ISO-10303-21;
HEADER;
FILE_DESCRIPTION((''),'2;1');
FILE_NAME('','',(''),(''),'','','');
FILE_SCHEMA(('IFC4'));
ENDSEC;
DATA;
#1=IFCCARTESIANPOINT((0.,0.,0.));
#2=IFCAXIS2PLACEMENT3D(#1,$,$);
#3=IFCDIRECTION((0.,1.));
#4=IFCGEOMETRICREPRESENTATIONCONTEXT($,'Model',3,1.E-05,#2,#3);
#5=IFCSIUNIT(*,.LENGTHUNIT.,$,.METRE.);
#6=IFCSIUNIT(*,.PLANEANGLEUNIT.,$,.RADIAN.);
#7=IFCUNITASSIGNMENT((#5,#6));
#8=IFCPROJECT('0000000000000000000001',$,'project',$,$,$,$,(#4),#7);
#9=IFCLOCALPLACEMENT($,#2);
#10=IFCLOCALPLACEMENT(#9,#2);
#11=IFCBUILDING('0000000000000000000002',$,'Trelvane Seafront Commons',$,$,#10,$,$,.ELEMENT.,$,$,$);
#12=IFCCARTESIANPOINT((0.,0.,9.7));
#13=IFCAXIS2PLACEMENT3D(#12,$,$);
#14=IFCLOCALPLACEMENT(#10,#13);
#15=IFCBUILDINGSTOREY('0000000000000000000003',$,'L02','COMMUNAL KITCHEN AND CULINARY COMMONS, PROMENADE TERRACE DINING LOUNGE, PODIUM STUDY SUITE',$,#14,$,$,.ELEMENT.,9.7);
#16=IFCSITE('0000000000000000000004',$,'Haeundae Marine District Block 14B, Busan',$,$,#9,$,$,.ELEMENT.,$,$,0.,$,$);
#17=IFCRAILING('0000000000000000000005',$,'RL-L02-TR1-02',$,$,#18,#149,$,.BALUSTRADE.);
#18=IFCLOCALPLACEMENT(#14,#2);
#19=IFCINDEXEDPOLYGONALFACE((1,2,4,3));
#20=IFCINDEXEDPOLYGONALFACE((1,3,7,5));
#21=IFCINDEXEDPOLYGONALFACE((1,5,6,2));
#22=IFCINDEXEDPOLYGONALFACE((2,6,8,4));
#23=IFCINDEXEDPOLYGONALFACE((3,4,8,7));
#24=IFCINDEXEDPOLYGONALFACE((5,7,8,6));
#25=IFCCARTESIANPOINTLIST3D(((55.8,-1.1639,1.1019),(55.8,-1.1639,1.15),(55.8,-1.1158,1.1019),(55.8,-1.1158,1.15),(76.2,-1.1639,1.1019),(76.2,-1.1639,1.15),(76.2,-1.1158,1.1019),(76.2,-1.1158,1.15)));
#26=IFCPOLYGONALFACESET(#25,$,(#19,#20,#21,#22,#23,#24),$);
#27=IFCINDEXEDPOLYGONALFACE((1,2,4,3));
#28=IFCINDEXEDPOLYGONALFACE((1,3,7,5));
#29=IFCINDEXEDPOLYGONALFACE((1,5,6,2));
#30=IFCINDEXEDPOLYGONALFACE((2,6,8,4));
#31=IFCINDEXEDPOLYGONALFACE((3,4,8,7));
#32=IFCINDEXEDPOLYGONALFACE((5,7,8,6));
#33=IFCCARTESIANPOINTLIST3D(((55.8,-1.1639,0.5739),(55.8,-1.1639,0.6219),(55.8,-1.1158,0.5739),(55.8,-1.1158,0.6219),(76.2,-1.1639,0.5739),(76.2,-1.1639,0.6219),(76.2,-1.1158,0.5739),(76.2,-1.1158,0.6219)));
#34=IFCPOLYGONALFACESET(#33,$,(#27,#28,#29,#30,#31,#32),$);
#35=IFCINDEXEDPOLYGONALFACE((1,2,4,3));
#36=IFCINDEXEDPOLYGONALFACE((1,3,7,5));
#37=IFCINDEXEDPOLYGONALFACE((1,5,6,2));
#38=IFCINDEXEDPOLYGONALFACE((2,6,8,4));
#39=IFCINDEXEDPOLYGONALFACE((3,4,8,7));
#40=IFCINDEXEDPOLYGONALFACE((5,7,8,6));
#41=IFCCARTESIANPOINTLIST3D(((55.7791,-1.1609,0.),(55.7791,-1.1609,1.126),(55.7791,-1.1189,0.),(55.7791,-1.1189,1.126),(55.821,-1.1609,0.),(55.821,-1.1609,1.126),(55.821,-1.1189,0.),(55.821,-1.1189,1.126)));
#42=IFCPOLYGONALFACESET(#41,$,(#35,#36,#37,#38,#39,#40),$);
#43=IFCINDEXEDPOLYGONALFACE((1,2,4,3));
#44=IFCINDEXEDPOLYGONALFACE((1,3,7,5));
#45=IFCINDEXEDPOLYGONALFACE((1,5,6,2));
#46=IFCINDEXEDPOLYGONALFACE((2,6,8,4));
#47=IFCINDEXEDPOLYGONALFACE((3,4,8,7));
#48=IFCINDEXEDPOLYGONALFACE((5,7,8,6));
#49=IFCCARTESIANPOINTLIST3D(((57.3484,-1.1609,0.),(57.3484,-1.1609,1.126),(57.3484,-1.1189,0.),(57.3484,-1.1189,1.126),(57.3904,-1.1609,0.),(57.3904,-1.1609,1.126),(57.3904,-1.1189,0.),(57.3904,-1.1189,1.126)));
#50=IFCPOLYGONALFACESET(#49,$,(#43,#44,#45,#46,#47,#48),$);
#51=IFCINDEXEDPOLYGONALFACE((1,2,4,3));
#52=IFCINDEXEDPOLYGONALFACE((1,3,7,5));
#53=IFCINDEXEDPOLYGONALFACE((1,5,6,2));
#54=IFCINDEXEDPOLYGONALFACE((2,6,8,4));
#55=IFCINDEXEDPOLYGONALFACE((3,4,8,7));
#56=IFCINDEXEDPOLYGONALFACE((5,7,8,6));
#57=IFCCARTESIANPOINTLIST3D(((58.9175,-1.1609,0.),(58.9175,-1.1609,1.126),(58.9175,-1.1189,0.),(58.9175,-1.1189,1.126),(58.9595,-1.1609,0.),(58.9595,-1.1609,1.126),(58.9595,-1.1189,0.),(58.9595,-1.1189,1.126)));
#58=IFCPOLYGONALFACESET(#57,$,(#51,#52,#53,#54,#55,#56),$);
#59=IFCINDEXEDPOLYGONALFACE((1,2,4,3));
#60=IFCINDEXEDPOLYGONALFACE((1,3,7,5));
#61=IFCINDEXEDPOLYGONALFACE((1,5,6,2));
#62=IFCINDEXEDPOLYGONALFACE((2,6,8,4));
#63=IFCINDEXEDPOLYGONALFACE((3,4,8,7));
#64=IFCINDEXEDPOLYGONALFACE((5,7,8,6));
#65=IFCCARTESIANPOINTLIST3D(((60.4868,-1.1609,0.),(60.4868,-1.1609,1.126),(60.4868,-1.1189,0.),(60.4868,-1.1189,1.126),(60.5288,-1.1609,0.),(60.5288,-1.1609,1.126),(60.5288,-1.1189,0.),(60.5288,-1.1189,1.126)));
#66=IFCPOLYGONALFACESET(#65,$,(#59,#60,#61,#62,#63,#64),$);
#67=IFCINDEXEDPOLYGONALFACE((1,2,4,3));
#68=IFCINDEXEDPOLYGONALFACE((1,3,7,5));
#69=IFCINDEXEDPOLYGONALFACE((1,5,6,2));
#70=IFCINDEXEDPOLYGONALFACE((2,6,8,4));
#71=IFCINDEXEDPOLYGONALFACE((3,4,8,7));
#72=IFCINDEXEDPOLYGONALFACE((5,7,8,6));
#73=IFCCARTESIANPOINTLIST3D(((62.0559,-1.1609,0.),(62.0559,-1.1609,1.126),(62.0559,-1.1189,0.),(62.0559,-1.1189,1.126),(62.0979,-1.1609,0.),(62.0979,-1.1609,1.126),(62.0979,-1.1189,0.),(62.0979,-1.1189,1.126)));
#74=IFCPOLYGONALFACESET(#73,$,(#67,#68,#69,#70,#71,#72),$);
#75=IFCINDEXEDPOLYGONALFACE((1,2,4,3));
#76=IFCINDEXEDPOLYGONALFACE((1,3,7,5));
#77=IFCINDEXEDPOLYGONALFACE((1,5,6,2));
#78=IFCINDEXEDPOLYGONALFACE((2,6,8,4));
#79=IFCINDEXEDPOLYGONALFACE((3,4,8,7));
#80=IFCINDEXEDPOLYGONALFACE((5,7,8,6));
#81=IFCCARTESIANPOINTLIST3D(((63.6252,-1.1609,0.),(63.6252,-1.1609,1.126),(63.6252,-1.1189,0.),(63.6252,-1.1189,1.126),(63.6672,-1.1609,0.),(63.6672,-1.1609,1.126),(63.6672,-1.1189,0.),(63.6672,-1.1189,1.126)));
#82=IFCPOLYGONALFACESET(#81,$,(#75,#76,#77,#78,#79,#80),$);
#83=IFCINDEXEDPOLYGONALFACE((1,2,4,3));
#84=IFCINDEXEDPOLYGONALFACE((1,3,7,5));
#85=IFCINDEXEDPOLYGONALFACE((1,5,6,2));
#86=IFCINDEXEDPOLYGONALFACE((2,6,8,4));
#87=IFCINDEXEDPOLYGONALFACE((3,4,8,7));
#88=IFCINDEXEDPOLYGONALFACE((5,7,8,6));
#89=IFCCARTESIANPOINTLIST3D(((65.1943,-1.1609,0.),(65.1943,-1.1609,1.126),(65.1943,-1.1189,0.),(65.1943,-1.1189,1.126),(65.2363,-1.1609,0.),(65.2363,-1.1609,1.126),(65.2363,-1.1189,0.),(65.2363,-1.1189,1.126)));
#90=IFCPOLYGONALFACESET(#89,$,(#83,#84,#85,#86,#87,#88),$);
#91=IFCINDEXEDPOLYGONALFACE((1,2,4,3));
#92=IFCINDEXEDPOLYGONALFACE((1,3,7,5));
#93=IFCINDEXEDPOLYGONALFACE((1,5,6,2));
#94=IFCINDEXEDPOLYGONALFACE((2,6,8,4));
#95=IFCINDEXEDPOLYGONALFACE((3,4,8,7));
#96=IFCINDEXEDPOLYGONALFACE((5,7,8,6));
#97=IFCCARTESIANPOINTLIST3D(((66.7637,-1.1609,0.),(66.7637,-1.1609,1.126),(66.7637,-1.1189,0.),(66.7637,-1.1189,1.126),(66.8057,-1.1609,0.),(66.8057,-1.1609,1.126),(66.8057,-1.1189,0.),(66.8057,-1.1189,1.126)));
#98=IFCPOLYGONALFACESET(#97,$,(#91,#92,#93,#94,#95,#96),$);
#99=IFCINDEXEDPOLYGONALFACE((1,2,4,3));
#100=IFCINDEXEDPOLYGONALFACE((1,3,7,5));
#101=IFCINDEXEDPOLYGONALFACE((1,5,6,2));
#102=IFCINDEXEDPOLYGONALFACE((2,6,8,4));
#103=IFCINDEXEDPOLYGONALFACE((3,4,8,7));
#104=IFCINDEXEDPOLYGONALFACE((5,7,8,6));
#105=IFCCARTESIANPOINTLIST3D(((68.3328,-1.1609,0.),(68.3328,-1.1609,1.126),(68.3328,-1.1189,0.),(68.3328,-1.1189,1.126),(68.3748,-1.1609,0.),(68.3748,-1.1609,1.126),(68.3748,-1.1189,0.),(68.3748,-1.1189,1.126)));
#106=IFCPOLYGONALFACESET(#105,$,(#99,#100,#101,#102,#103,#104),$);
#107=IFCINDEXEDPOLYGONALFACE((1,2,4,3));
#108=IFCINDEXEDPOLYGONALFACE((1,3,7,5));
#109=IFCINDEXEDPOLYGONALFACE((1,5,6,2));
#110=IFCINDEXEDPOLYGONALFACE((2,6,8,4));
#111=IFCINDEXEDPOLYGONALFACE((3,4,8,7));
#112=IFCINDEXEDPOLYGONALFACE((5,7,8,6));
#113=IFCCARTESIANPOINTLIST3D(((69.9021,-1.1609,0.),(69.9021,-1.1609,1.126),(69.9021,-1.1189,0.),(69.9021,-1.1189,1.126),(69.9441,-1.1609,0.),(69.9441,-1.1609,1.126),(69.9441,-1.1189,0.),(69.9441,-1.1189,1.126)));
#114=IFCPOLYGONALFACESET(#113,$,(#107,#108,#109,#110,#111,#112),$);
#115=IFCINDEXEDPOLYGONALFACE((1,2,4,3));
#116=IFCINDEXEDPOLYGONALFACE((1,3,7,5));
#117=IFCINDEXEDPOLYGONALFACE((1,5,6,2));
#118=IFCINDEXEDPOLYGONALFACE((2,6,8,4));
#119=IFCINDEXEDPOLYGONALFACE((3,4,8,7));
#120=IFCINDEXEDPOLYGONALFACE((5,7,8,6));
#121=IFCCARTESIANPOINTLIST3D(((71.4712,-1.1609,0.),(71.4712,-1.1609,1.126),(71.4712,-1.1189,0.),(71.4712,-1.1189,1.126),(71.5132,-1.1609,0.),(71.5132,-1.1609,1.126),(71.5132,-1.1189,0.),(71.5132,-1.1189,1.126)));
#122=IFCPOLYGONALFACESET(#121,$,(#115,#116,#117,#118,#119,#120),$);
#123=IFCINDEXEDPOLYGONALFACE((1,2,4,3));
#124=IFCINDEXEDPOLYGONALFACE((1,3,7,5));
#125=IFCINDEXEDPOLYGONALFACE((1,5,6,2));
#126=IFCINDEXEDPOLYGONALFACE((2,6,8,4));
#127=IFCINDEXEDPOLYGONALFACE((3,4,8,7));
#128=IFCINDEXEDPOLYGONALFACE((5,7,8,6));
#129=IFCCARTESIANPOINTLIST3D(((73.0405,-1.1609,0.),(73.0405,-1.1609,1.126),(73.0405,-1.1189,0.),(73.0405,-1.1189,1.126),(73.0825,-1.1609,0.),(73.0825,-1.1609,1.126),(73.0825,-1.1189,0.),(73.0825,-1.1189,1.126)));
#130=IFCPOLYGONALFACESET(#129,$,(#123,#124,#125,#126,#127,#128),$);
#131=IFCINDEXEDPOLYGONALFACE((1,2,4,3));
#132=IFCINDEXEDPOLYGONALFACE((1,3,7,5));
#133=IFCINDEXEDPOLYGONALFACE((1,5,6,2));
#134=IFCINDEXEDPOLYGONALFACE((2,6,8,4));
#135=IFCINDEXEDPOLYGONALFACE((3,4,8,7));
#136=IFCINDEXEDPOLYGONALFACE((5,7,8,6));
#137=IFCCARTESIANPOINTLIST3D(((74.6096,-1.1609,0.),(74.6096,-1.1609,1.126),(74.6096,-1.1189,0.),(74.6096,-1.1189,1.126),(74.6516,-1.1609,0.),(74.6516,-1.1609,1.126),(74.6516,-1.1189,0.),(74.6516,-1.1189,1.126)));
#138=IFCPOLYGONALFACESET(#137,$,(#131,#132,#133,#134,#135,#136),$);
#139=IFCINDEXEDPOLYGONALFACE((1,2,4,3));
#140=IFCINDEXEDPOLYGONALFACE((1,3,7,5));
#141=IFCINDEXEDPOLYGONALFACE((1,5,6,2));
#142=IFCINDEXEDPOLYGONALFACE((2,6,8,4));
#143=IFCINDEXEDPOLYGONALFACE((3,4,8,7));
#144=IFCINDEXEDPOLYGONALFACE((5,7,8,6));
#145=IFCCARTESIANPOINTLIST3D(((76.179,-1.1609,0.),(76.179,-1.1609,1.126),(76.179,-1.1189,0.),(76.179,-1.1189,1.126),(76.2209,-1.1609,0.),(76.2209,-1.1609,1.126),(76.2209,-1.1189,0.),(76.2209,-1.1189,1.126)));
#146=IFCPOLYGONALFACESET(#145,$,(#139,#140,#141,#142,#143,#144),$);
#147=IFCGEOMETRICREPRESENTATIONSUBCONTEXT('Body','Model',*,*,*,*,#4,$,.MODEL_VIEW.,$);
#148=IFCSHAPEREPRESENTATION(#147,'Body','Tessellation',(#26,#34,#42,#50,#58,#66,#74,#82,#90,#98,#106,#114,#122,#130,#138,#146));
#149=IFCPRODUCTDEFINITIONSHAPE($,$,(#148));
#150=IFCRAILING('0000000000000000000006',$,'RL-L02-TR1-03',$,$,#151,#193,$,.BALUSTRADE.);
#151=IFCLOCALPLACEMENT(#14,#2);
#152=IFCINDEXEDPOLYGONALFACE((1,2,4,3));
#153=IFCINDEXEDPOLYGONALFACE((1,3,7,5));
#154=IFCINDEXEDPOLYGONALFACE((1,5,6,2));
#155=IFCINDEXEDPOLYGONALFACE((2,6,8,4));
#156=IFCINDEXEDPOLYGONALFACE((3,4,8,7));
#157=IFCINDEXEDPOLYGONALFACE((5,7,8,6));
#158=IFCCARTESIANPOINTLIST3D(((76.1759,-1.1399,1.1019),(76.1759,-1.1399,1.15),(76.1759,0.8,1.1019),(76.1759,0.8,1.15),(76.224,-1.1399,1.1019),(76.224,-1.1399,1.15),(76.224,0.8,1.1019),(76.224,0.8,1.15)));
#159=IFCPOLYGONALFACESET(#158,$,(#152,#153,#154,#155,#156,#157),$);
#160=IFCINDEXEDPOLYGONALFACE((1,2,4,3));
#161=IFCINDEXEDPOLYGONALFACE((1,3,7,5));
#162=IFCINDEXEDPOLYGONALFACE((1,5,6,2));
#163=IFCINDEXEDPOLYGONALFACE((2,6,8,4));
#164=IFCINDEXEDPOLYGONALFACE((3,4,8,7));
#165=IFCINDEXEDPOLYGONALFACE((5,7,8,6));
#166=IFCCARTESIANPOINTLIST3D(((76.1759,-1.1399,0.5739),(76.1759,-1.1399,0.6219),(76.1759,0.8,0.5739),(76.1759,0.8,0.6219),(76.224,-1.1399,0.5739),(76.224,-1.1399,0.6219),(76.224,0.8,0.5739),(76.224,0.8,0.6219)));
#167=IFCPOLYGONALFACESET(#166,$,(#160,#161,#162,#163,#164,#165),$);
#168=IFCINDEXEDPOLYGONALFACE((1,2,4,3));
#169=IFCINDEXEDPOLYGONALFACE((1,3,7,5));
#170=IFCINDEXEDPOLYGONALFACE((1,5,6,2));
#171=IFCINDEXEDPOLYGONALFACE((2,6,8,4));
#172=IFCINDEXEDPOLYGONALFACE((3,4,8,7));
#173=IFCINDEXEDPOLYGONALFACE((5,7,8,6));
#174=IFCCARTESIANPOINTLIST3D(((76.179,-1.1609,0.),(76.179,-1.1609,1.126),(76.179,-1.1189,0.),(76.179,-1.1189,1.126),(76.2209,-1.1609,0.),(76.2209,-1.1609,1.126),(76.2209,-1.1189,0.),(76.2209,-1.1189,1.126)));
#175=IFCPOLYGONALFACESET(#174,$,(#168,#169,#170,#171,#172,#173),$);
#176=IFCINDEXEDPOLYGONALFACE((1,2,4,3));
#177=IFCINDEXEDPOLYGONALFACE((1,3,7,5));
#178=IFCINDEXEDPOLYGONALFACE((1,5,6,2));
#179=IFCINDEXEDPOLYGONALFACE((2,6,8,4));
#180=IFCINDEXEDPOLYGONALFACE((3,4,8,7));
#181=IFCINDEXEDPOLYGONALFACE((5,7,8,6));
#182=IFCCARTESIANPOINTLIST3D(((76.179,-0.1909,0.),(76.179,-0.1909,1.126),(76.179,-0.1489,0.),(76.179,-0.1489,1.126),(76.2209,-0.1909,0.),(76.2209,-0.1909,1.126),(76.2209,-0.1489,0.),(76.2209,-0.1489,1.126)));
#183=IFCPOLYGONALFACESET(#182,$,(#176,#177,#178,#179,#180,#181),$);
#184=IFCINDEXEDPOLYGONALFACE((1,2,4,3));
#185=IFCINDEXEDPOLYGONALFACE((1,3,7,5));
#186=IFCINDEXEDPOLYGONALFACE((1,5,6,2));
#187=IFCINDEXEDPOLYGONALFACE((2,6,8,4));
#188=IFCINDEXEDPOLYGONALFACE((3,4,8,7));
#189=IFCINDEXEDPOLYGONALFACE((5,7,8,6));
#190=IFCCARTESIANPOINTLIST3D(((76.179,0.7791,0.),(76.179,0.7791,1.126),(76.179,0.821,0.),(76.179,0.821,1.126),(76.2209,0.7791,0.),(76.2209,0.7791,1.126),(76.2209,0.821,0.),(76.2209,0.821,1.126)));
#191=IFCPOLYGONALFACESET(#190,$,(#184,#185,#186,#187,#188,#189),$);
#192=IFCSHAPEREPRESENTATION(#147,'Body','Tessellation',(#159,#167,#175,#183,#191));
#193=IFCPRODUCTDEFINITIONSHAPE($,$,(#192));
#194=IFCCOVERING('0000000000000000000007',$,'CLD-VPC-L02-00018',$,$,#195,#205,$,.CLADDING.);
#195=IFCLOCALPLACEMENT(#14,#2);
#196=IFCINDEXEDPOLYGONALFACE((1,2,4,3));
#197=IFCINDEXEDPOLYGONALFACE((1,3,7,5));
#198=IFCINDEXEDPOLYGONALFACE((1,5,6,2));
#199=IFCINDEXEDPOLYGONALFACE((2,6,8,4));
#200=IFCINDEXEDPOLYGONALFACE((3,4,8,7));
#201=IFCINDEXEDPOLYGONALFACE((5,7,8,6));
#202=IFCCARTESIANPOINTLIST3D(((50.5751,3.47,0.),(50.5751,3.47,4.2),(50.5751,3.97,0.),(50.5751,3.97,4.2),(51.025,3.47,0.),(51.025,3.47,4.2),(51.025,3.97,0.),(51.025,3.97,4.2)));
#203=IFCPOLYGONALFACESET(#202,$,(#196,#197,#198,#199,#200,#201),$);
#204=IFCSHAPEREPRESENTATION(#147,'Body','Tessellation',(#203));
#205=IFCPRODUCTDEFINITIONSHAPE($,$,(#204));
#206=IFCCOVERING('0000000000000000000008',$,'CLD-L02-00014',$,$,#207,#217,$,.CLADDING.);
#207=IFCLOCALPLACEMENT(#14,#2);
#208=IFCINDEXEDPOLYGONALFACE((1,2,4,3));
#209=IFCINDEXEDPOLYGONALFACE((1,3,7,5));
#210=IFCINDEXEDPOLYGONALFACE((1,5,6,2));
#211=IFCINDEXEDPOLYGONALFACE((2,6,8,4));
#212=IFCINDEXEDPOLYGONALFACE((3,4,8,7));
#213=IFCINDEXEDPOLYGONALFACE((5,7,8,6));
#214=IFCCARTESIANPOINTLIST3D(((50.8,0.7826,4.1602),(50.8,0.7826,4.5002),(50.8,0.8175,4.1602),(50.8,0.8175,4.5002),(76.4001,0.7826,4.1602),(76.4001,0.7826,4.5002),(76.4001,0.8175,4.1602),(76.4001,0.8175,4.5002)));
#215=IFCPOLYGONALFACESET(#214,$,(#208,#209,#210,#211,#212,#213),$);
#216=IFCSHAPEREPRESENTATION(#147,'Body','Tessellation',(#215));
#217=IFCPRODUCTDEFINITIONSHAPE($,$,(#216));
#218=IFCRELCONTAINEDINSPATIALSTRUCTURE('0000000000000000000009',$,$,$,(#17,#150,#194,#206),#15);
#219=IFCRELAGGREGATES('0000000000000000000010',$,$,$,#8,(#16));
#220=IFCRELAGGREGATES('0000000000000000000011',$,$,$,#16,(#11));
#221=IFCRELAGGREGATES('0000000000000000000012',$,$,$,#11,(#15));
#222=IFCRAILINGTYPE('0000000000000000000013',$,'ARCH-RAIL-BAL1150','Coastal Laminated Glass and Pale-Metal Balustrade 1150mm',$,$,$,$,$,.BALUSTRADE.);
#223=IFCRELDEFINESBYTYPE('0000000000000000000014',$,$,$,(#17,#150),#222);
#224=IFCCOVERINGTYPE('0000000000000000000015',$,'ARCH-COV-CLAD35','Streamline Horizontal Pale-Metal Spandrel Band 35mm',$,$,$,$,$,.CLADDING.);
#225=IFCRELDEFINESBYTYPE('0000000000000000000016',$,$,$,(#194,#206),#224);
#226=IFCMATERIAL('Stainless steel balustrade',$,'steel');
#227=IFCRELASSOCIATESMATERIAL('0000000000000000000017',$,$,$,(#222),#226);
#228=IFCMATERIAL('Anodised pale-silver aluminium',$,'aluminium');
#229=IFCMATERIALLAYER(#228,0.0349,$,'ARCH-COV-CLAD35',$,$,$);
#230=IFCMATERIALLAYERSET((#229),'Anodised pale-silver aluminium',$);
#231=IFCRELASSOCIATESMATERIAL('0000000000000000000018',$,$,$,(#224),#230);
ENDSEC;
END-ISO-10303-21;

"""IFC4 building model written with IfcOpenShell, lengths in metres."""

from ifc_helpers import new_model, si_unit, direction, frame, origin, origin_2d, place, context, subcontext, project, spatial, rectangle, extrude, source, transform, mapped, material, layer, layer_set, type_object, element, save


model = new_model("IFC4")

# Units and contexts
model_context = context("Model", 3, precision=1e-05, world=origin(), true_north=direction((0.0, 1.0)))
body_context = subcontext(model_context, "Body", "Model", "MODEL_VIEW")
ifc_project = project(units=[si_unit("LENGTHUNIT", "METRE"), si_unit("PLANEANGLEUNIT", "RADIAN")], contexts=[model_context])

# Site, building, storey
site_placement = place(None, origin())
site = spatial("IfcSite", under=ifc_project, at=site_placement, Name="Haeundae Marine District Block 14B, Busan", CompositionType="ELEMENT", RefElevation=0.0)
building_placement = place(site_placement, origin())
building = spatial("IfcBuilding", under=site, at=building_placement, Name="Trelvane Seafront Commons", CompositionType="ELEMENT")
storey_placement = place(building_placement, frame((0.0, 0.0, 9.7)))
storey = spatial("IfcBuildingStorey", under=building, at=storey_placement, Name="L02", Description="COMMUNAL KITCHEN AND CULINARY COMMONS, PROMENADE TERRACE DINING LOUNGE, PODIUM STUDY SUITE", CompositionType="ELEMENT", Elevation=9.7)

# Shared definitions
ifc_material_1 = material(Name="Anodised pale-silver aluminium", Category="aluminium")

# Railings
ifc_material_2 = material(Name="Stainless steel balustrade", Category="steel")
railing_type = type_object("IfcRailingType", Name="ARCH-RAIL-BAL1150", Description="Coastal Laminated Glass and Pale-Metal Balustrade 1150mm", PredefinedType="BALUSTRADE", material=ifc_material_2)
railing_1_placement = place(storey_placement, frame((55.8, -1.1399, 0.0)))
element("IfcRailing", 1, at=railing_1_placement, inside=storey, type_object=railing_type, Name="RL-L02-TR1-02", PredefinedType="BALUSTRADE", context=body_context, shape_type="SweptSolid", body=[
    extrude(rectangle(XDim=0.0481, YDim=0.0481, at=origin_2d()), frame((0.0, 0.0, 1.126), z_axis=(1.0, 0.0, 0.0), x_axis=(0.0, 1.0, 0.0)), (0.0, 0.0, 1.0), 20.3999),
    extrude(rectangle(XDim=0.0481, YDim=0.0481, at=origin_2d()), frame((0.0, 0.0, 0.5979), z_axis=(1.0, 0.0, 0.0), x_axis=(0.0, 1.0, 0.0)), (0.0, 0.0, 1.0), 20.3999),
    extrude(rectangle(XDim=0.042, YDim=0.042, at=origin_2d()), origin(), (0.0, 0.0, 1.0), 1.126),
    extrude(rectangle(XDim=0.042, YDim=0.042, at=origin_2d()), frame((1.5693, 0.0, 0.0)), (0.0, 0.0, 1.0), 1.126),
    extrude(rectangle(XDim=0.042, YDim=0.042, at=origin_2d()), frame((3.1384, 0.0, 0.0)), (0.0, 0.0, 1.0), 1.126),
    extrude(rectangle(XDim=0.042, YDim=0.042, at=origin_2d()), frame((4.7078, 0.0, 0.0)), (0.0, 0.0, 1.0), 1.126),
    extrude(rectangle(XDim=0.042, YDim=0.042, at=origin_2d()), frame((6.2769, 0.0, 0.0)), (0.0, 0.0, 1.0), 1.126),
    extrude(rectangle(XDim=0.042, YDim=0.042, at=origin_2d()), frame((7.8462, 0.0, 0.0)), (0.0, 0.0, 1.0), 1.126),
    extrude(rectangle(XDim=0.042, YDim=0.042, at=origin_2d()), frame((9.4153, 0.0, 0.0)), (0.0, 0.0, 1.0), 1.126),
    extrude(rectangle(XDim=0.042, YDim=0.042, at=origin_2d()), frame((10.9846, 0.0, 0.0)), (0.0, 0.0, 1.0), 1.126),
    extrude(rectangle(XDim=0.042, YDim=0.042, at=origin_2d()), frame((12.5537, 0.0, 0.0)), (0.0, 0.0, 1.0), 1.126),
    extrude(rectangle(XDim=0.042, YDim=0.042, at=origin_2d()), frame((14.123, 0.0, 0.0)), (0.0, 0.0, 1.0), 1.126),
    extrude(rectangle(XDim=0.042, YDim=0.042, at=origin_2d()), frame((15.6921, 0.0, 0.0)), (0.0, 0.0, 1.0), 1.126),
    extrude(rectangle(XDim=0.042, YDim=0.042, at=origin_2d()), frame((17.2615, 0.0, 0.0)), (0.0, 0.0, 1.0), 1.126),
    extrude(rectangle(XDim=0.042, YDim=0.042, at=origin_2d()), frame((18.8306, 0.0, 0.0)), (0.0, 0.0, 1.0), 1.126),
    extrude(rectangle(XDim=0.042, YDim=0.042, at=origin_2d()), frame((20.3999, 0.0, 0.0)), (0.0, 0.0, 1.0), 1.126),
])
railing_2_placement = place(storey_placement, frame((76.2, -1.1399, 0.0)))
element("IfcRailing", 2, at=railing_2_placement, inside=storey, type_object=railing_type, Name="RL-L02-TR1-03", PredefinedType="BALUSTRADE", context=body_context, shape_type="SweptSolid", body=[
    extrude(rectangle(XDim=0.0481, YDim=0.0481, at=origin_2d()), frame((0.0, 0.0, 1.126), z_axis=(0.0, 1.0, 0.0), x_axis=(-1.0, 0.0, 0.0)), (0.0, 0.0, 1.0), 1.9399),
    extrude(rectangle(XDim=0.0481, YDim=0.0481, at=origin_2d()), frame((0.0, 0.0, 0.5979), z_axis=(0.0, 1.0, 0.0), x_axis=(-1.0, 0.0, 0.0)), (0.0, 0.0, 1.0), 1.9399),
    extrude(rectangle(XDim=0.042, YDim=0.042, at=origin_2d()), origin(), (0.0, 0.0, 1.0), 1.126),
    extrude(rectangle(XDim=0.042, YDim=0.042, at=origin_2d()), frame((0.0, 0.97, 0.0)), (0.0, 0.0, 1.0), 1.126),
    extrude(rectangle(XDim=0.042, YDim=0.042, at=origin_2d()), frame((0.0, 1.9399, 0.0)), (0.0, 0.0, 1.0), 1.126),
])

# Coverings
ifc_layer_1 = layer(ifc_material_1, 0.0349, Name="ARCH-COV-CLAD35")
ifc_layer_set_1 = layer_set([ifc_layer_1], Name="Anodised pale-silver aluminium")
covering_type = type_object("IfcCoveringType", Name="ARCH-COV-CLAD35", Description="Streamline Horizontal Pale-Metal Spandrel Band 35mm", PredefinedType="CLADDING", material=ifc_layer_set_1)
shared_shape_1 = source(origin(), body_context, "Body", "SweptSolid", [
    extrude(rectangle(XDim=0.45, YDim=0.5, at=origin_2d()), origin(), (0.0, 0.0, 1.0), 4.2),
])
covering_1_placement = place(storey_placement, frame((50.8, 3.72, 0.0), z_axis=(0.0, 0.0, 1.0), x_axis=(1.0, 0.0, 0.0)))
element("IfcCovering", 3, at=covering_1_placement, inside=storey, type_object=covering_type, Name="CLD-VPC-L02-00018", PredefinedType="CLADDING", context=body_context, shape_type="MappedRepresentation", body=[
    mapped(shared_shape_1, transform((0.0, 0.0, 0.0), x_axis=(1.0, 0.0, 0.0), y_axis=(0.0, 1.0, 0.0), z_axis=(0.0, 0.0, 1.0), scale=1.0)),
])
shared_shape_2 = source(origin(), body_context, "Body", "SweptSolid", [
    extrude(rectangle(XDim=25.6001, YDim=0.0349, at=origin_2d()), origin(), (0.0, 0.0, 1.0), 0.3401),
])
covering_2_placement = place(storey_placement, frame((63.6001, 0.8, 4.1602), z_axis=(0.0, 0.0, 1.0), x_axis=(-1.0, 0.0, 0.0)))
element("IfcCovering", 4, at=covering_2_placement, inside=storey, type_object=covering_type, Name="CLD-L02-00014", PredefinedType="CLADDING", context=body_context, shape_type="MappedRepresentation", body=[
    mapped(shared_shape_2, transform((0.0, 0.0, 0.0), x_axis=(1.0, 0.0, 0.0), y_axis=(0.0, 1.0, 0.0), z_axis=(0.0, 0.0, 1.0), scale=1.0)),
])

save(model, "model.ifc")
